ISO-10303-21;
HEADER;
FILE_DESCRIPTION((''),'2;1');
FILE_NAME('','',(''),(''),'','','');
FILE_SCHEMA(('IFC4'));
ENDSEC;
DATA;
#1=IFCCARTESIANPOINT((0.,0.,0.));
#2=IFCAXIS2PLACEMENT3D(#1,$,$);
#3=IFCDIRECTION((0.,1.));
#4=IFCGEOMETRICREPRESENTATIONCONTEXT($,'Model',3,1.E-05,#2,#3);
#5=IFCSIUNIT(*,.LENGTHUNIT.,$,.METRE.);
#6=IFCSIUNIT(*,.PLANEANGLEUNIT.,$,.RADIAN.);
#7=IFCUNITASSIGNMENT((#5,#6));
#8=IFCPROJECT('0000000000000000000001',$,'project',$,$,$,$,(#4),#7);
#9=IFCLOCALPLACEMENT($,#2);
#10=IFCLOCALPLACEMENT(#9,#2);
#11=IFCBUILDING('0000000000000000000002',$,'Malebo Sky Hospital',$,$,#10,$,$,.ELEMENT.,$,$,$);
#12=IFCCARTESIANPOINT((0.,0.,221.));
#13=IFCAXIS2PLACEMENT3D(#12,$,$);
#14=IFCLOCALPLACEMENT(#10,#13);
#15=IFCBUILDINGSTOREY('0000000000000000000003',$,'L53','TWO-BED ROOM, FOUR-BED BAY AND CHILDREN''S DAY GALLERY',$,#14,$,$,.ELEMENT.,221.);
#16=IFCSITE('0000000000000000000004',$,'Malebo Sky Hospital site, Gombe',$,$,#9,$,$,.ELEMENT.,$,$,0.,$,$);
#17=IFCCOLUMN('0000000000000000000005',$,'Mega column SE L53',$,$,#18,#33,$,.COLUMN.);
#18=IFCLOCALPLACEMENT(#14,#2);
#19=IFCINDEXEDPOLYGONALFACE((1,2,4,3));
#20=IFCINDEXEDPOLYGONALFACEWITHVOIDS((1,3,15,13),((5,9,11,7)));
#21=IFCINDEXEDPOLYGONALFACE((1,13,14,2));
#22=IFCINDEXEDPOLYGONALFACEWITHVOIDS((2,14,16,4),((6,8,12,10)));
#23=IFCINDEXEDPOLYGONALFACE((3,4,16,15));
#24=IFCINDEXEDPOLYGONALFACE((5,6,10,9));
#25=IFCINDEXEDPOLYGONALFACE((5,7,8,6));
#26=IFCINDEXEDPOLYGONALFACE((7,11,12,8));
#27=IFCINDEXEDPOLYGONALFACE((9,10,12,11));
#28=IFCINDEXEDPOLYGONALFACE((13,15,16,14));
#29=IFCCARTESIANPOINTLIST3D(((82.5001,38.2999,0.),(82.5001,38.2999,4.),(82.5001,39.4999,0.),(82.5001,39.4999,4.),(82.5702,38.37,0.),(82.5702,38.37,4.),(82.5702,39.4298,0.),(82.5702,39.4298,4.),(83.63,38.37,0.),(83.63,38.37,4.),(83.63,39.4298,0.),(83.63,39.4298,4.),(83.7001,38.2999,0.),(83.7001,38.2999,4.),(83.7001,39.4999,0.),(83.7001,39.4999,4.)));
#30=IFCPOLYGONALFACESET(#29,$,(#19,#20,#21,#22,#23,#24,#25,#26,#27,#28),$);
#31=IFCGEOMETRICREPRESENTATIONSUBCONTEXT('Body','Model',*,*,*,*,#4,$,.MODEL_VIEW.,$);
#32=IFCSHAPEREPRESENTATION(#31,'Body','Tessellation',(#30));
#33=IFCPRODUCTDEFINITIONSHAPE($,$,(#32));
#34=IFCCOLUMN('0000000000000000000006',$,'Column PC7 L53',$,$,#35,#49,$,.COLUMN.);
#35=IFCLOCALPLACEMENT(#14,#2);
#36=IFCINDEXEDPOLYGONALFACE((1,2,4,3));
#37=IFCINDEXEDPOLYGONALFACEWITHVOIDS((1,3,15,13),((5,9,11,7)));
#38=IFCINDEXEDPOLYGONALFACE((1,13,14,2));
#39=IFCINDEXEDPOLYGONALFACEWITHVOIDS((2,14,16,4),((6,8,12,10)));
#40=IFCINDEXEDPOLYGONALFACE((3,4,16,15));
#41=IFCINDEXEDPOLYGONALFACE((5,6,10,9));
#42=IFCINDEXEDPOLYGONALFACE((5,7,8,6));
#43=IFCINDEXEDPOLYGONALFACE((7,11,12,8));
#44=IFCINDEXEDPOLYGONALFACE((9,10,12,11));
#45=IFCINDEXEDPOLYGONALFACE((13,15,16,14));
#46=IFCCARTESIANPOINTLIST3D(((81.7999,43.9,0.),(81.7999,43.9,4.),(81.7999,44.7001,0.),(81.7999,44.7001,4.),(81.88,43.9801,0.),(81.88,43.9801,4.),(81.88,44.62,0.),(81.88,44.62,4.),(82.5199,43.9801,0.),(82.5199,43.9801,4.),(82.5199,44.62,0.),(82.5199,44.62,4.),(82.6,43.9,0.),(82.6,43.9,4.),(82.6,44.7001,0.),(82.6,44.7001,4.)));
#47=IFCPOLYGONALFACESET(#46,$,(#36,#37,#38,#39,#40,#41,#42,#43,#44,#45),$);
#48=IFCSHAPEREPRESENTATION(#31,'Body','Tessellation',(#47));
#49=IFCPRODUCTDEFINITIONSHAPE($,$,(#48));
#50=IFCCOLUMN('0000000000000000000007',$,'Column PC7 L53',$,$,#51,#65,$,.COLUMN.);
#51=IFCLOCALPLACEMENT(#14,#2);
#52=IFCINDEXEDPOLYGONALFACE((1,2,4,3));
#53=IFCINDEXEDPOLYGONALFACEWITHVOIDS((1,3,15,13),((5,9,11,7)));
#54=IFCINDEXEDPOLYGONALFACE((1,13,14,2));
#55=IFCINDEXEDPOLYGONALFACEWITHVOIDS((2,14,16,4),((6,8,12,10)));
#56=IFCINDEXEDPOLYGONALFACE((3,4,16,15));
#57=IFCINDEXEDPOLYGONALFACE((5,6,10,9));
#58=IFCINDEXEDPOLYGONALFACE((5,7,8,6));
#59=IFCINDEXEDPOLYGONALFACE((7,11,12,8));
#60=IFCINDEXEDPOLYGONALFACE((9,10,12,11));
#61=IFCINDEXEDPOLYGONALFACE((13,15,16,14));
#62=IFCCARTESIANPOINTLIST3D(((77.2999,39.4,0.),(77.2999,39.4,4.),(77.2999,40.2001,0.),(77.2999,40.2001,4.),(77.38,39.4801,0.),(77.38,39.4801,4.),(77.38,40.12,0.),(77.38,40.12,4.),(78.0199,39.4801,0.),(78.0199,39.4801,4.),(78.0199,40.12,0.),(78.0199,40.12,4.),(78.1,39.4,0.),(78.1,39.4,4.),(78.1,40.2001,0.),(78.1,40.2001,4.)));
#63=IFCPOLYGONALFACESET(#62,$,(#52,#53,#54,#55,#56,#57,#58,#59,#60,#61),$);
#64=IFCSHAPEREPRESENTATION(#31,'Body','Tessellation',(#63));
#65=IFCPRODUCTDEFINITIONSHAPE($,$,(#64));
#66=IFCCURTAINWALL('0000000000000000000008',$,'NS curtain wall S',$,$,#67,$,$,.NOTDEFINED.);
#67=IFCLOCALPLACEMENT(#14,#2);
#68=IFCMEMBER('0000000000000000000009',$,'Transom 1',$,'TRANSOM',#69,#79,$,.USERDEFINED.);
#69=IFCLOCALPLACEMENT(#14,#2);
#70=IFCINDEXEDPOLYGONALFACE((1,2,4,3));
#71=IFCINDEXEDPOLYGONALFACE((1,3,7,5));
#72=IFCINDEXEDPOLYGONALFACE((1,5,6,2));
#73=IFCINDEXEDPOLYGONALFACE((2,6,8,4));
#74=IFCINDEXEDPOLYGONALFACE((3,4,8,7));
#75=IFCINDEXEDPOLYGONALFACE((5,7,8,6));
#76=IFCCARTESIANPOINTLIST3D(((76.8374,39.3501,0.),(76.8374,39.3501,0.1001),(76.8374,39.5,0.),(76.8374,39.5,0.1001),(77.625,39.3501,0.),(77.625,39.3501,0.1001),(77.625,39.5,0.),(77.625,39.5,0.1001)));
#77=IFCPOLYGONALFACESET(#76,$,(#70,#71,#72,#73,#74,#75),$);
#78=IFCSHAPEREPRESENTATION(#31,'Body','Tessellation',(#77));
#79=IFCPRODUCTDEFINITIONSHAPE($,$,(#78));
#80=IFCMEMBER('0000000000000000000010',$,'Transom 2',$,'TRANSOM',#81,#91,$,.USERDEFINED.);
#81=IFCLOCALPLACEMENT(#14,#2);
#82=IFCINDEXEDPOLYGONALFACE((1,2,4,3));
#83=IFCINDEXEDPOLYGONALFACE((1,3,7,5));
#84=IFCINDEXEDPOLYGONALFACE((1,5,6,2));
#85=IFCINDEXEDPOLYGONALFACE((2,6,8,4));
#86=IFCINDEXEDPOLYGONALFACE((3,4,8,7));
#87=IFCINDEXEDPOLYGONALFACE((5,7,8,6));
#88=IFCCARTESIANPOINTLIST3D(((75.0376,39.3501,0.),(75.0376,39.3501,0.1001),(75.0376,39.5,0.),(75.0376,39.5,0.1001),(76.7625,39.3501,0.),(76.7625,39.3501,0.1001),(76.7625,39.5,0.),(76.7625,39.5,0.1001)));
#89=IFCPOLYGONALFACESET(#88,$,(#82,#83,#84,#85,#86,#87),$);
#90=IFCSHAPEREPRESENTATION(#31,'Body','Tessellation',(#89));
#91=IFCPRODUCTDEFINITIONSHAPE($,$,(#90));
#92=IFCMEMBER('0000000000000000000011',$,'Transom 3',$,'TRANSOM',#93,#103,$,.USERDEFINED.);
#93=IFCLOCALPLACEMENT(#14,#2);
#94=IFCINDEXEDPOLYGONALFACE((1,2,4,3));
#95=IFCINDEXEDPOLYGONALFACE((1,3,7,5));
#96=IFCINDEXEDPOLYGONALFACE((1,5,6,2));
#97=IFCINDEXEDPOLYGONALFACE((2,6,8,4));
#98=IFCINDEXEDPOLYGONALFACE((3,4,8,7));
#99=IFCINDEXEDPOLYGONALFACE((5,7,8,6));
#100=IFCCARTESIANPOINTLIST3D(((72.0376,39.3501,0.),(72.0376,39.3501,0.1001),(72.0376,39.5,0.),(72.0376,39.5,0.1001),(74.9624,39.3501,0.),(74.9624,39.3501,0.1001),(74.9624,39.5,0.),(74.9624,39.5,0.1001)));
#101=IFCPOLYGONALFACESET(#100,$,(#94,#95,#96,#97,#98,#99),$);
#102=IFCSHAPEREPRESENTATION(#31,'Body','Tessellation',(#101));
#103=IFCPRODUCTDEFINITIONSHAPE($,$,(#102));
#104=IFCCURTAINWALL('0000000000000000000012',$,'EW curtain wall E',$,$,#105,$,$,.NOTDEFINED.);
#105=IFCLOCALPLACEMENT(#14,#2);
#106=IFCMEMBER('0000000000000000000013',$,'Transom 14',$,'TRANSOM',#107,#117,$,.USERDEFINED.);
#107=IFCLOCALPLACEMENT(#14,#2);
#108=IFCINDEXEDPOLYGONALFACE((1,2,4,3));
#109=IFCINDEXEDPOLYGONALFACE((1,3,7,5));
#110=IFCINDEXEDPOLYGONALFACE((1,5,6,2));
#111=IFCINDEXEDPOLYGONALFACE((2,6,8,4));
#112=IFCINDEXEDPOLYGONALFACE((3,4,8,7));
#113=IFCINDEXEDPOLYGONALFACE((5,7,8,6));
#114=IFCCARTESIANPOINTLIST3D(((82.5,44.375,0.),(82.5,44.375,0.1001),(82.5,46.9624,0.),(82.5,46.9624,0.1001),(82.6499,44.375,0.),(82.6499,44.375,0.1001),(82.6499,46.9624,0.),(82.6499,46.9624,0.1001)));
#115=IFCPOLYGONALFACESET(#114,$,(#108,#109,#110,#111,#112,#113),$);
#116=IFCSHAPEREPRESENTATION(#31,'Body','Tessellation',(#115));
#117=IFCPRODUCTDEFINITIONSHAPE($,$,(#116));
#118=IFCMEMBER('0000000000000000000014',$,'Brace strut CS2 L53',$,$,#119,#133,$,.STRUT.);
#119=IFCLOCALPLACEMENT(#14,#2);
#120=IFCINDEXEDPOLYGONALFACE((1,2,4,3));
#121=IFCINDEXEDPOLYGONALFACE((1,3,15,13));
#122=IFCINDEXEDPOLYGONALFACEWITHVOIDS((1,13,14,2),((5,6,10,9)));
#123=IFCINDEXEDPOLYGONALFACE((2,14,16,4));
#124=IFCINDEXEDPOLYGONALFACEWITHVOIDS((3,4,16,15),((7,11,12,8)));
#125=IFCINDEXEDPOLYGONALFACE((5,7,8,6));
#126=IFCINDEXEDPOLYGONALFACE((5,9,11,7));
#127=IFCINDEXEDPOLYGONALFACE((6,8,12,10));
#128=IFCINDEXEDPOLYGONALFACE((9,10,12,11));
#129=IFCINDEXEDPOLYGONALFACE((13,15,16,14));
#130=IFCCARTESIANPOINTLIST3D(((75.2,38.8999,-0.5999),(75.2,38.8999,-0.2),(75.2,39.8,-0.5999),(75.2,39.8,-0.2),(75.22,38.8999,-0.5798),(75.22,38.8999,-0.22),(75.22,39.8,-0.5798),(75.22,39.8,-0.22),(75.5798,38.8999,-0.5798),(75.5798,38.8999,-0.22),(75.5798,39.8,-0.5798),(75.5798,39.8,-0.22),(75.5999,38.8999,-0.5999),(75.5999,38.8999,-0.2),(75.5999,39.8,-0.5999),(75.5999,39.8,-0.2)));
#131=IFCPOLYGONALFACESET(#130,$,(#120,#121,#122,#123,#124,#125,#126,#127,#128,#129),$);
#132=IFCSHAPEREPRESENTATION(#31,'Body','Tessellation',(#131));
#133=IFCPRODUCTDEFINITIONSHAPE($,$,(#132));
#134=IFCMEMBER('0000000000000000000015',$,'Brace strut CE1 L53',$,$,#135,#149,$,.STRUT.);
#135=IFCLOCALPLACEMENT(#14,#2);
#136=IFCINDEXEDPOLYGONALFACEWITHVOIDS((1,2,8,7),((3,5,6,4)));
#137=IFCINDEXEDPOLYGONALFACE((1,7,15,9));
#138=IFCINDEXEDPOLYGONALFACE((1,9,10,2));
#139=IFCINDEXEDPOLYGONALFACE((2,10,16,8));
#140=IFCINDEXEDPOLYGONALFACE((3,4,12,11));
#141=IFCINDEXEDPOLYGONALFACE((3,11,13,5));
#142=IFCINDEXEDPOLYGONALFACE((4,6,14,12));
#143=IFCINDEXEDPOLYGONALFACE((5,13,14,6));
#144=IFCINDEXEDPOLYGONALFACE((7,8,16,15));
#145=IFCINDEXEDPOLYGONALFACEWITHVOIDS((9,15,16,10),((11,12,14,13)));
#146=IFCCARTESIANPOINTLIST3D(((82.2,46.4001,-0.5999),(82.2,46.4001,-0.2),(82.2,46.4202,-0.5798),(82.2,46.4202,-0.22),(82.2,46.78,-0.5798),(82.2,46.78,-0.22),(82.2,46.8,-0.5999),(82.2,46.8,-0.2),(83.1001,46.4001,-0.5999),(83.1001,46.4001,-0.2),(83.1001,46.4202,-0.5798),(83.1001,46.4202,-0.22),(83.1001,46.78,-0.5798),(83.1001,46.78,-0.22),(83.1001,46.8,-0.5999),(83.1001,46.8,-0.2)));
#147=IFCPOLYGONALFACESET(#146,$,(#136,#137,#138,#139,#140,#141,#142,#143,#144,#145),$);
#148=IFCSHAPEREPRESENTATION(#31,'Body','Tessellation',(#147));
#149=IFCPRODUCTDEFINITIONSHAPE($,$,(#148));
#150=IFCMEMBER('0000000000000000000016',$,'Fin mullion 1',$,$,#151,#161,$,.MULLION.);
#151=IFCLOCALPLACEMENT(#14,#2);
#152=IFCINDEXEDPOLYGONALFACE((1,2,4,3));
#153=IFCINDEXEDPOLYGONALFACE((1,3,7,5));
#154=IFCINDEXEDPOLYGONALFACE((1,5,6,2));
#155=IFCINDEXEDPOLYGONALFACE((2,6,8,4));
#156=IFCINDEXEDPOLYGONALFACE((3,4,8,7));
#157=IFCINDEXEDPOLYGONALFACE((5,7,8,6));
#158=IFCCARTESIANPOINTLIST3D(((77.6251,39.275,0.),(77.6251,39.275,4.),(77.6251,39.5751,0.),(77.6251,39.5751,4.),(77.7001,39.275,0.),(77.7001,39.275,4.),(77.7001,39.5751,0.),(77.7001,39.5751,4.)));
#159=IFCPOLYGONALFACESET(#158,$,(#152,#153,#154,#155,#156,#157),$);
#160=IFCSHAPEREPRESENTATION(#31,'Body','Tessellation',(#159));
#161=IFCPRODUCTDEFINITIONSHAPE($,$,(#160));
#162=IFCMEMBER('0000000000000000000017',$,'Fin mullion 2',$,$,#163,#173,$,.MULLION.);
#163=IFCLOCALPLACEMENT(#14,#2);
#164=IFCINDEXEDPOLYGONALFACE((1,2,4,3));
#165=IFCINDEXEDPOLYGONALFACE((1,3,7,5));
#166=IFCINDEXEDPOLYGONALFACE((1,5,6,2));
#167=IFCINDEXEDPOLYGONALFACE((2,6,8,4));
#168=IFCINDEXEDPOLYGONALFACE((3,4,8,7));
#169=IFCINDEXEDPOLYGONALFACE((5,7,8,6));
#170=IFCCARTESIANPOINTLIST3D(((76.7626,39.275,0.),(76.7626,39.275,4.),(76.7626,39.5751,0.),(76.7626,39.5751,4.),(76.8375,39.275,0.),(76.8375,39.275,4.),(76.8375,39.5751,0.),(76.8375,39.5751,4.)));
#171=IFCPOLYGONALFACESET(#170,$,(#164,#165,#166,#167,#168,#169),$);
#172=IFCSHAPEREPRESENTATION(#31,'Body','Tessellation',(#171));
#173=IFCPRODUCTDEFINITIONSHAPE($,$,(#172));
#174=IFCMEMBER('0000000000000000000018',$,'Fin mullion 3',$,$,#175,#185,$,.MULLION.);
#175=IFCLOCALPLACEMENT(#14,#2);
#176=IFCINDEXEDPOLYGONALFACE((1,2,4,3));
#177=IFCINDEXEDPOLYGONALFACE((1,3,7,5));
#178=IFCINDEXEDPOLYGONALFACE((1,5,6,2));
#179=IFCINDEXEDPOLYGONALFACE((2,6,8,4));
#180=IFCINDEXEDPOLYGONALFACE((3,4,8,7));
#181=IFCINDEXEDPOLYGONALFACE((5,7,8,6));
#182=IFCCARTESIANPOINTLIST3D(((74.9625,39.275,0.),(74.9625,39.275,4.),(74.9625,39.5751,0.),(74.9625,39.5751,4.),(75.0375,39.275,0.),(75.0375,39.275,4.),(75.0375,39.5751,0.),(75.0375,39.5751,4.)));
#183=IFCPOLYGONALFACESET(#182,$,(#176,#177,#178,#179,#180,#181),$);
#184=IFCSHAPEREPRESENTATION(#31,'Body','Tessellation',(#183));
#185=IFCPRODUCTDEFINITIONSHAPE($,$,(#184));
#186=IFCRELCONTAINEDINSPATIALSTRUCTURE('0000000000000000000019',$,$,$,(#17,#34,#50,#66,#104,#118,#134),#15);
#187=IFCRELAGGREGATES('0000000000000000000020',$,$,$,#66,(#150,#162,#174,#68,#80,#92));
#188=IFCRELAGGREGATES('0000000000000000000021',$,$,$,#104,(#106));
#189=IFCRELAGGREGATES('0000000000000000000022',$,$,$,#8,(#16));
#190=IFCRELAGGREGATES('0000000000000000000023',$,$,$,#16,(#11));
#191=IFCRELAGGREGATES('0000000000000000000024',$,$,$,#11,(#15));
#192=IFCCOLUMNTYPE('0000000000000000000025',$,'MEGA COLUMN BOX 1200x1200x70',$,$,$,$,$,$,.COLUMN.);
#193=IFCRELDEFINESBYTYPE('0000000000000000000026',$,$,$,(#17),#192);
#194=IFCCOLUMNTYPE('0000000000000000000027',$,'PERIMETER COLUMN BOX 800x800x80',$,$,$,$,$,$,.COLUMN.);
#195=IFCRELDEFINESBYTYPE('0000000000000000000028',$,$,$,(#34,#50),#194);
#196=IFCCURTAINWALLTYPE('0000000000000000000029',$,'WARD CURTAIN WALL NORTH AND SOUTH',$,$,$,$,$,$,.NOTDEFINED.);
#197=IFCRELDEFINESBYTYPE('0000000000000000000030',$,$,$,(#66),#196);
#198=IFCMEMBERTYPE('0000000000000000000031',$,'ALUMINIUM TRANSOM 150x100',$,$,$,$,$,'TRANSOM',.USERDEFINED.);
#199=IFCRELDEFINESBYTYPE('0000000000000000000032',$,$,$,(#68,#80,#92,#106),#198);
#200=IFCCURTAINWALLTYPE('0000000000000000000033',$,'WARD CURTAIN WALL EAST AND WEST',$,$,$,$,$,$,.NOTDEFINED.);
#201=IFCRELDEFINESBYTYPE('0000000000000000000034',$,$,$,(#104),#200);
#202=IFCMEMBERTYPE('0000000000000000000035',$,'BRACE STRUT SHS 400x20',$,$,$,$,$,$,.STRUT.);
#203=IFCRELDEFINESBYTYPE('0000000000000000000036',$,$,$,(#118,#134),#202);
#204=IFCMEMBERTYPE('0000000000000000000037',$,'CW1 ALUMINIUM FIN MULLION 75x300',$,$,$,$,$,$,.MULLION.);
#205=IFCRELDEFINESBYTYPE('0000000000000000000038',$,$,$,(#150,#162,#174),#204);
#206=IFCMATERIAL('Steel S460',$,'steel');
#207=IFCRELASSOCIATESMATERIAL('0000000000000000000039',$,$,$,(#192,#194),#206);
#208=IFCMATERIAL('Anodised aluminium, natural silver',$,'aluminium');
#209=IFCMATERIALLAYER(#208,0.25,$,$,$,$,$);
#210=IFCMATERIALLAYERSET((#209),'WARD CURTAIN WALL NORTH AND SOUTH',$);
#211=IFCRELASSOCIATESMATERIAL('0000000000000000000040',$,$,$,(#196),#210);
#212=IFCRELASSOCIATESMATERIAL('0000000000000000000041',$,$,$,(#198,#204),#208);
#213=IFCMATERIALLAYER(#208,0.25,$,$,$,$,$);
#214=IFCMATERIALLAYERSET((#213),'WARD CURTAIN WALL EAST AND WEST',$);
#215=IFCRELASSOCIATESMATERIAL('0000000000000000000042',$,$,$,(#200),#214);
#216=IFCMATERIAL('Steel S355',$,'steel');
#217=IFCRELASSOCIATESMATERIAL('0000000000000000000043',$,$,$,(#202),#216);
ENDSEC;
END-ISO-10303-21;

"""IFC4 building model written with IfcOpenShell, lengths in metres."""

from ifc_helpers import new_model, si_unit, direction, frame, origin, origin_2d, place, context, subcontext, project, spatial, rectangle, hollow_rectangle, extrude, material, layer, layer_set, material_profile, profile_set, type_object, element, aggregate, save


model = new_model("IFC4")

# Units and contexts
model_context = context("Model", 3, precision=1e-05, world=origin(), true_north=direction((0.0, 1.0)))
body_context = subcontext(model_context, "Body", "Model", "MODEL_VIEW")
ifc_project = project(units=[si_unit("LENGTHUNIT", "METRE"), si_unit("PLANEANGLEUNIT", "RADIAN")], contexts=[model_context])

# Site, building, storey
site_placement = place(None, origin())
site = spatial("IfcSite", under=ifc_project, at=site_placement, Name="Malebo Sky Hospital site, Gombe", CompositionType="ELEMENT", RefElevation=0.0)
building_placement = place(site_placement, origin())
building = spatial("IfcBuilding", under=site, at=building_placement, Name="Malebo Sky Hospital", CompositionType="ELEMENT")
storey_placement = place(building_placement, frame((0.0, 0.0, 221.0)))
storey = spatial("IfcBuildingStorey", under=building, at=storey_placement, Name="L53", Description="TWO-BED ROOM, FOUR-BED BAY AND CHILDREN'S DAY GALLERY", CompositionType="ELEMENT", Elevation=221.0)

# Columns
ifc_material_1 = material(Name="Steel S460", Category="steel")
ifc_material_profile_1 = material_profile(ifc_material_1, hollow_rectangle(XDim=1.2, YDim=1.2, WallThickness=0.0701, at=origin_2d()), Name="BOX 1200x1200x70")
ifc_profile_set_1 = profile_set([ifc_material_profile_1], Name="Steel S460")
column_type_1 = type_object("IfcColumnType", Name="MEGA COLUMN BOX 1200x1200x70", PredefinedType="COLUMN", material=ifc_profile_set_1)
column_placement = place(storey_placement, frame((83.1001, 38.8999, 0.0), z_axis=(0.0, 0.0, 1.0), x_axis=(1.0, 0.0, 0.0)))
element("IfcColumn", 1, at=column_placement, inside=storey, type_object=column_type_1, Name="Mega column SE L53", PredefinedType="COLUMN", context=body_context, shape_type="SweptSolid", body=[
    extrude(hollow_rectangle(XDim=1.2, YDim=1.2, WallThickness=0.0701, at=origin_2d()), origin(), (0.0, 0.0, 1.0), 4.0),
])
ifc_material_profile_2 = material_profile(ifc_material_1, hollow_rectangle(XDim=0.8, YDim=0.8, WallThickness=0.0801, at=origin_2d()), Name="BOX 800x800x80")
ifc_profile_set_2 = profile_set([ifc_material_profile_2], Name="Steel S460")
column_type_2 = type_object("IfcColumnType", Name="PERIMETER COLUMN BOX 800x800x80", PredefinedType="COLUMN", material=ifc_profile_set_2)
for number, where, z_axis, x_axis, name in (
    (2, (82.2, 44.3, 0.0), (0.0, 0.0, 1.0), (1.0, 0.0, 0.0), "Column PC7 L53"),
    (3, (77.7, 39.8, 0.0), (0.0, 0.0, 1.0), (1.0, 0.0, 0.0), "Column PC7 L53"),
):
    element("IfcColumn", number, at=place(storey_placement, frame(where, z_axis=z_axis, x_axis=x_axis)), inside=storey, type_object=column_type_2, Name=name, PredefinedType="COLUMN", context=body_context, shape_type="SweptSolid", body=[
        extrude(hollow_rectangle(XDim=0.8, YDim=0.8, WallThickness=0.0801, at=origin_2d()), origin(), (0.0, 0.0, 1.0), 4.0),
    ])

# Curtain wall, members
ifc_material_2 = material(Name="Anodised aluminium, natural silver", Category="aluminium")
ifc_layer_1 = layer(ifc_material_2, 0.25)
ifc_layer_set_1 = layer_set([ifc_layer_1], Name="WARD CURTAIN WALL NORTH AND SOUTH")
curtain_wall_type_1 = type_object("IfcCurtainWallType", Name="WARD CURTAIN WALL NORTH AND SOUTH", PredefinedType="NOTDEFINED", material=ifc_layer_set_1)
curtain_wall_1_placement = place(storey_placement, origin())
curtain_wall_1 = element("IfcCurtainWall", 4, at=curtain_wall_1_placement, inside=storey, type_object=curtain_wall_type_1, Name="NS curtain wall S", PredefinedType="NOTDEFINED")
ifc_material_profile_3 = material_profile(ifc_material_2, rectangle(XDim=0.1499, YDim=0.1001, at=origin_2d()), Name="ALUMINIUM TRANSOM 150x100")
ifc_profile_set_3 = profile_set([ifc_material_profile_3], Name="Anodised aluminium, natural silver")
member_type_1 = type_object("IfcMemberType", Name="ALUMINIUM TRANSOM 150x100", ElementType="TRANSOM", PredefinedType="USERDEFINED", material=ifc_profile_set_3)
member_1_placement = place(storey_placement, frame((77.625, 39.425, 0.05), z_axis=(-1.0, 0.0, 0.0), x_axis=(0.0, -1.0, 0.0)))
member_1 = element("IfcMember", 5, at=member_1_placement, type_object=member_type_1, Name="Transom 1", ObjectType="TRANSOM", PredefinedType="USERDEFINED", context=body_context, shape_type="SweptSolid", body=[
    extrude(rectangle(XDim=0.1499, YDim=0.1001, at=origin_2d()), origin(), (0.0, 0.0, 1.0), 0.7876),
])
member_2_placement = place(storey_placement, frame((76.7625, 39.425, 0.05), z_axis=(-1.0, 0.0, 0.0), x_axis=(0.0, -1.0, 0.0)))
member_2 = element("IfcMember", 6, at=member_2_placement, type_object=member_type_1, Name="Transom 2", ObjectType="TRANSOM", PredefinedType="USERDEFINED", context=body_context, shape_type="SweptSolid", body=[
    extrude(rectangle(XDim=0.1499, YDim=0.1001, at=origin_2d()), origin(), (0.0, 0.0, 1.0), 1.7249),
])
member_3_placement = place(storey_placement, frame((74.9624, 39.425, 0.05), z_axis=(-1.0, 0.0, 0.0), x_axis=(0.0, -1.0, 0.0)))
member_3 = element("IfcMember", 7, at=member_3_placement, type_object=member_type_1, Name="Transom 3", ObjectType="TRANSOM", PredefinedType="USERDEFINED", context=body_context, shape_type="SweptSolid", body=[
    extrude(rectangle(XDim=0.1499, YDim=0.1001, at=origin_2d()), origin(), (0.0, 0.0, 1.0), 2.9248),
])

# Curtain wall, member
ifc_layer_2 = layer(ifc_material_2, 0.25)
ifc_layer_set_2 = layer_set([ifc_layer_2], Name="WARD CURTAIN WALL EAST AND WEST")
curtain_wall_type_2 = type_object("IfcCurtainWallType", Name="WARD CURTAIN WALL EAST AND WEST", PredefinedType="NOTDEFINED", material=ifc_layer_set_2)
curtain_wall_2_placement = place(storey_placement, origin())
curtain_wall_2 = element("IfcCurtainWall", 8, at=curtain_wall_2_placement, inside=storey, type_object=curtain_wall_type_2, Name="EW curtain wall E", PredefinedType="NOTDEFINED")
member_4_placement = place(storey_placement, frame((82.575, 46.9624, 0.05), z_axis=(0.0, -1.0, 0.0), x_axis=(1.0, 0.0, 0.0)))
member_4 = element("IfcMember", 9, at=member_4_placement, type_object=member_type_1, Name="Transom 14", ObjectType="TRANSOM", PredefinedType="USERDEFINED", context=body_context, shape_type="SweptSolid", body=[
    extrude(rectangle(XDim=0.1499, YDim=0.1001, at=origin_2d()), origin(), (0.0, 0.0, 1.0), 2.5874),
])

# Members
ifc_material_3 = material(Name="Steel S355", Category="steel")
ifc_material_profile_4 = material_profile(ifc_material_3, hollow_rectangle(XDim=0.3999, YDim=0.3999, WallThickness=0.02, at=origin_2d()), Name="SHS 400x20")
ifc_profile_set_4 = profile_set([ifc_material_profile_4], Name="Steel S355")
member_type_2 = type_object("IfcMemberType", Name="BRACE STRUT SHS 400x20", PredefinedType="STRUT", material=ifc_profile_set_4)
for number, where, z_axis, x_axis, name in (
    (10, (75.3999, 38.8999, -0.3999), (0.0, 1.0, 0.0), (-1.0, 0.0, 0.0), "Brace strut CS2 L53"),
    (11, (83.1001, 46.6001, -0.3999), (-1.0, 0.0, 0.0), (0.0, -1.0, 0.0), "Brace strut CE1 L53"),
):
    element("IfcMember", number, at=place(storey_placement, frame(where, z_axis=z_axis, x_axis=x_axis)), inside=storey, type_object=member_type_2, Name=name, PredefinedType="STRUT", context=body_context, shape_type="SweptSolid", body=[
        extrude(hollow_rectangle(XDim=0.3999, YDim=0.3999, WallThickness=0.02, at=origin_2d()), origin(), (0.0, 0.0, 1.0), 0.9001),
    ])

# Members
ifc_material_profile_5 = material_profile(ifc_material_2, rectangle(XDim=0.075, YDim=0.3, at=origin_2d()), Name="CW1 ALUMINIUM FIN MULLION 75x300")
ifc_profile_set_5 = profile_set([ifc_material_profile_5], Name="Anodised aluminium, natural silver")
member_type_3 = type_object("IfcMemberType", Name="CW1 ALUMINIUM FIN MULLION 75x300", PredefinedType="MULLION", material=ifc_profile_set_5)
member_5_placement = place(storey_placement, frame((77.6626, 39.425, 0.0), z_axis=(0.0, 0.0, 1.0), x_axis=(-1.0, 0.0, 0.0)))
member_5 = element("IfcMember", 12, at=member_5_placement, type_object=member_type_3, Name="Fin mullion 1", PredefinedType="MULLION", context=body_context, shape_type="SweptSolid", body=[
    extrude(rectangle(XDim=0.075, YDim=0.3, at=origin_2d()), origin(), (0.0, 0.0, 1.0), 4.0),
])
member_6_placement = place(storey_placement, frame((76.8, 39.425, 0.0), z_axis=(0.0, 0.0, 1.0), x_axis=(-1.0, 0.0, 0.0)))
member_6 = element("IfcMember", 13, at=member_6_placement, type_object=member_type_3, Name="Fin mullion 2", PredefinedType="MULLION", context=body_context, shape_type="SweptSolid", body=[
    extrude(rectangle(XDim=0.075, YDim=0.3, at=origin_2d()), origin(), (0.0, 0.0, 1.0), 4.0),
])
member_7_placement = place(storey_placement, frame((75.0, 39.425, 0.0), z_axis=(0.0, 0.0, 1.0), x_axis=(-1.0, 0.0, 0.0)))
member_7 = element("IfcMember", 14, at=member_7_placement, type_object=member_type_3, Name="Fin mullion 3", PredefinedType="MULLION", context=body_context, shape_type="SweptSolid", body=[
    extrude(rectangle(XDim=0.075, YDim=0.3, at=origin_2d()), origin(), (0.0, 0.0, 1.0), 4.0),
])

aggregate(curtain_wall_1, [member_5, member_6, member_7, member_1, member_2, member_3])
aggregate(curtain_wall_2, [member_4])

save(model, "model.ifc")
